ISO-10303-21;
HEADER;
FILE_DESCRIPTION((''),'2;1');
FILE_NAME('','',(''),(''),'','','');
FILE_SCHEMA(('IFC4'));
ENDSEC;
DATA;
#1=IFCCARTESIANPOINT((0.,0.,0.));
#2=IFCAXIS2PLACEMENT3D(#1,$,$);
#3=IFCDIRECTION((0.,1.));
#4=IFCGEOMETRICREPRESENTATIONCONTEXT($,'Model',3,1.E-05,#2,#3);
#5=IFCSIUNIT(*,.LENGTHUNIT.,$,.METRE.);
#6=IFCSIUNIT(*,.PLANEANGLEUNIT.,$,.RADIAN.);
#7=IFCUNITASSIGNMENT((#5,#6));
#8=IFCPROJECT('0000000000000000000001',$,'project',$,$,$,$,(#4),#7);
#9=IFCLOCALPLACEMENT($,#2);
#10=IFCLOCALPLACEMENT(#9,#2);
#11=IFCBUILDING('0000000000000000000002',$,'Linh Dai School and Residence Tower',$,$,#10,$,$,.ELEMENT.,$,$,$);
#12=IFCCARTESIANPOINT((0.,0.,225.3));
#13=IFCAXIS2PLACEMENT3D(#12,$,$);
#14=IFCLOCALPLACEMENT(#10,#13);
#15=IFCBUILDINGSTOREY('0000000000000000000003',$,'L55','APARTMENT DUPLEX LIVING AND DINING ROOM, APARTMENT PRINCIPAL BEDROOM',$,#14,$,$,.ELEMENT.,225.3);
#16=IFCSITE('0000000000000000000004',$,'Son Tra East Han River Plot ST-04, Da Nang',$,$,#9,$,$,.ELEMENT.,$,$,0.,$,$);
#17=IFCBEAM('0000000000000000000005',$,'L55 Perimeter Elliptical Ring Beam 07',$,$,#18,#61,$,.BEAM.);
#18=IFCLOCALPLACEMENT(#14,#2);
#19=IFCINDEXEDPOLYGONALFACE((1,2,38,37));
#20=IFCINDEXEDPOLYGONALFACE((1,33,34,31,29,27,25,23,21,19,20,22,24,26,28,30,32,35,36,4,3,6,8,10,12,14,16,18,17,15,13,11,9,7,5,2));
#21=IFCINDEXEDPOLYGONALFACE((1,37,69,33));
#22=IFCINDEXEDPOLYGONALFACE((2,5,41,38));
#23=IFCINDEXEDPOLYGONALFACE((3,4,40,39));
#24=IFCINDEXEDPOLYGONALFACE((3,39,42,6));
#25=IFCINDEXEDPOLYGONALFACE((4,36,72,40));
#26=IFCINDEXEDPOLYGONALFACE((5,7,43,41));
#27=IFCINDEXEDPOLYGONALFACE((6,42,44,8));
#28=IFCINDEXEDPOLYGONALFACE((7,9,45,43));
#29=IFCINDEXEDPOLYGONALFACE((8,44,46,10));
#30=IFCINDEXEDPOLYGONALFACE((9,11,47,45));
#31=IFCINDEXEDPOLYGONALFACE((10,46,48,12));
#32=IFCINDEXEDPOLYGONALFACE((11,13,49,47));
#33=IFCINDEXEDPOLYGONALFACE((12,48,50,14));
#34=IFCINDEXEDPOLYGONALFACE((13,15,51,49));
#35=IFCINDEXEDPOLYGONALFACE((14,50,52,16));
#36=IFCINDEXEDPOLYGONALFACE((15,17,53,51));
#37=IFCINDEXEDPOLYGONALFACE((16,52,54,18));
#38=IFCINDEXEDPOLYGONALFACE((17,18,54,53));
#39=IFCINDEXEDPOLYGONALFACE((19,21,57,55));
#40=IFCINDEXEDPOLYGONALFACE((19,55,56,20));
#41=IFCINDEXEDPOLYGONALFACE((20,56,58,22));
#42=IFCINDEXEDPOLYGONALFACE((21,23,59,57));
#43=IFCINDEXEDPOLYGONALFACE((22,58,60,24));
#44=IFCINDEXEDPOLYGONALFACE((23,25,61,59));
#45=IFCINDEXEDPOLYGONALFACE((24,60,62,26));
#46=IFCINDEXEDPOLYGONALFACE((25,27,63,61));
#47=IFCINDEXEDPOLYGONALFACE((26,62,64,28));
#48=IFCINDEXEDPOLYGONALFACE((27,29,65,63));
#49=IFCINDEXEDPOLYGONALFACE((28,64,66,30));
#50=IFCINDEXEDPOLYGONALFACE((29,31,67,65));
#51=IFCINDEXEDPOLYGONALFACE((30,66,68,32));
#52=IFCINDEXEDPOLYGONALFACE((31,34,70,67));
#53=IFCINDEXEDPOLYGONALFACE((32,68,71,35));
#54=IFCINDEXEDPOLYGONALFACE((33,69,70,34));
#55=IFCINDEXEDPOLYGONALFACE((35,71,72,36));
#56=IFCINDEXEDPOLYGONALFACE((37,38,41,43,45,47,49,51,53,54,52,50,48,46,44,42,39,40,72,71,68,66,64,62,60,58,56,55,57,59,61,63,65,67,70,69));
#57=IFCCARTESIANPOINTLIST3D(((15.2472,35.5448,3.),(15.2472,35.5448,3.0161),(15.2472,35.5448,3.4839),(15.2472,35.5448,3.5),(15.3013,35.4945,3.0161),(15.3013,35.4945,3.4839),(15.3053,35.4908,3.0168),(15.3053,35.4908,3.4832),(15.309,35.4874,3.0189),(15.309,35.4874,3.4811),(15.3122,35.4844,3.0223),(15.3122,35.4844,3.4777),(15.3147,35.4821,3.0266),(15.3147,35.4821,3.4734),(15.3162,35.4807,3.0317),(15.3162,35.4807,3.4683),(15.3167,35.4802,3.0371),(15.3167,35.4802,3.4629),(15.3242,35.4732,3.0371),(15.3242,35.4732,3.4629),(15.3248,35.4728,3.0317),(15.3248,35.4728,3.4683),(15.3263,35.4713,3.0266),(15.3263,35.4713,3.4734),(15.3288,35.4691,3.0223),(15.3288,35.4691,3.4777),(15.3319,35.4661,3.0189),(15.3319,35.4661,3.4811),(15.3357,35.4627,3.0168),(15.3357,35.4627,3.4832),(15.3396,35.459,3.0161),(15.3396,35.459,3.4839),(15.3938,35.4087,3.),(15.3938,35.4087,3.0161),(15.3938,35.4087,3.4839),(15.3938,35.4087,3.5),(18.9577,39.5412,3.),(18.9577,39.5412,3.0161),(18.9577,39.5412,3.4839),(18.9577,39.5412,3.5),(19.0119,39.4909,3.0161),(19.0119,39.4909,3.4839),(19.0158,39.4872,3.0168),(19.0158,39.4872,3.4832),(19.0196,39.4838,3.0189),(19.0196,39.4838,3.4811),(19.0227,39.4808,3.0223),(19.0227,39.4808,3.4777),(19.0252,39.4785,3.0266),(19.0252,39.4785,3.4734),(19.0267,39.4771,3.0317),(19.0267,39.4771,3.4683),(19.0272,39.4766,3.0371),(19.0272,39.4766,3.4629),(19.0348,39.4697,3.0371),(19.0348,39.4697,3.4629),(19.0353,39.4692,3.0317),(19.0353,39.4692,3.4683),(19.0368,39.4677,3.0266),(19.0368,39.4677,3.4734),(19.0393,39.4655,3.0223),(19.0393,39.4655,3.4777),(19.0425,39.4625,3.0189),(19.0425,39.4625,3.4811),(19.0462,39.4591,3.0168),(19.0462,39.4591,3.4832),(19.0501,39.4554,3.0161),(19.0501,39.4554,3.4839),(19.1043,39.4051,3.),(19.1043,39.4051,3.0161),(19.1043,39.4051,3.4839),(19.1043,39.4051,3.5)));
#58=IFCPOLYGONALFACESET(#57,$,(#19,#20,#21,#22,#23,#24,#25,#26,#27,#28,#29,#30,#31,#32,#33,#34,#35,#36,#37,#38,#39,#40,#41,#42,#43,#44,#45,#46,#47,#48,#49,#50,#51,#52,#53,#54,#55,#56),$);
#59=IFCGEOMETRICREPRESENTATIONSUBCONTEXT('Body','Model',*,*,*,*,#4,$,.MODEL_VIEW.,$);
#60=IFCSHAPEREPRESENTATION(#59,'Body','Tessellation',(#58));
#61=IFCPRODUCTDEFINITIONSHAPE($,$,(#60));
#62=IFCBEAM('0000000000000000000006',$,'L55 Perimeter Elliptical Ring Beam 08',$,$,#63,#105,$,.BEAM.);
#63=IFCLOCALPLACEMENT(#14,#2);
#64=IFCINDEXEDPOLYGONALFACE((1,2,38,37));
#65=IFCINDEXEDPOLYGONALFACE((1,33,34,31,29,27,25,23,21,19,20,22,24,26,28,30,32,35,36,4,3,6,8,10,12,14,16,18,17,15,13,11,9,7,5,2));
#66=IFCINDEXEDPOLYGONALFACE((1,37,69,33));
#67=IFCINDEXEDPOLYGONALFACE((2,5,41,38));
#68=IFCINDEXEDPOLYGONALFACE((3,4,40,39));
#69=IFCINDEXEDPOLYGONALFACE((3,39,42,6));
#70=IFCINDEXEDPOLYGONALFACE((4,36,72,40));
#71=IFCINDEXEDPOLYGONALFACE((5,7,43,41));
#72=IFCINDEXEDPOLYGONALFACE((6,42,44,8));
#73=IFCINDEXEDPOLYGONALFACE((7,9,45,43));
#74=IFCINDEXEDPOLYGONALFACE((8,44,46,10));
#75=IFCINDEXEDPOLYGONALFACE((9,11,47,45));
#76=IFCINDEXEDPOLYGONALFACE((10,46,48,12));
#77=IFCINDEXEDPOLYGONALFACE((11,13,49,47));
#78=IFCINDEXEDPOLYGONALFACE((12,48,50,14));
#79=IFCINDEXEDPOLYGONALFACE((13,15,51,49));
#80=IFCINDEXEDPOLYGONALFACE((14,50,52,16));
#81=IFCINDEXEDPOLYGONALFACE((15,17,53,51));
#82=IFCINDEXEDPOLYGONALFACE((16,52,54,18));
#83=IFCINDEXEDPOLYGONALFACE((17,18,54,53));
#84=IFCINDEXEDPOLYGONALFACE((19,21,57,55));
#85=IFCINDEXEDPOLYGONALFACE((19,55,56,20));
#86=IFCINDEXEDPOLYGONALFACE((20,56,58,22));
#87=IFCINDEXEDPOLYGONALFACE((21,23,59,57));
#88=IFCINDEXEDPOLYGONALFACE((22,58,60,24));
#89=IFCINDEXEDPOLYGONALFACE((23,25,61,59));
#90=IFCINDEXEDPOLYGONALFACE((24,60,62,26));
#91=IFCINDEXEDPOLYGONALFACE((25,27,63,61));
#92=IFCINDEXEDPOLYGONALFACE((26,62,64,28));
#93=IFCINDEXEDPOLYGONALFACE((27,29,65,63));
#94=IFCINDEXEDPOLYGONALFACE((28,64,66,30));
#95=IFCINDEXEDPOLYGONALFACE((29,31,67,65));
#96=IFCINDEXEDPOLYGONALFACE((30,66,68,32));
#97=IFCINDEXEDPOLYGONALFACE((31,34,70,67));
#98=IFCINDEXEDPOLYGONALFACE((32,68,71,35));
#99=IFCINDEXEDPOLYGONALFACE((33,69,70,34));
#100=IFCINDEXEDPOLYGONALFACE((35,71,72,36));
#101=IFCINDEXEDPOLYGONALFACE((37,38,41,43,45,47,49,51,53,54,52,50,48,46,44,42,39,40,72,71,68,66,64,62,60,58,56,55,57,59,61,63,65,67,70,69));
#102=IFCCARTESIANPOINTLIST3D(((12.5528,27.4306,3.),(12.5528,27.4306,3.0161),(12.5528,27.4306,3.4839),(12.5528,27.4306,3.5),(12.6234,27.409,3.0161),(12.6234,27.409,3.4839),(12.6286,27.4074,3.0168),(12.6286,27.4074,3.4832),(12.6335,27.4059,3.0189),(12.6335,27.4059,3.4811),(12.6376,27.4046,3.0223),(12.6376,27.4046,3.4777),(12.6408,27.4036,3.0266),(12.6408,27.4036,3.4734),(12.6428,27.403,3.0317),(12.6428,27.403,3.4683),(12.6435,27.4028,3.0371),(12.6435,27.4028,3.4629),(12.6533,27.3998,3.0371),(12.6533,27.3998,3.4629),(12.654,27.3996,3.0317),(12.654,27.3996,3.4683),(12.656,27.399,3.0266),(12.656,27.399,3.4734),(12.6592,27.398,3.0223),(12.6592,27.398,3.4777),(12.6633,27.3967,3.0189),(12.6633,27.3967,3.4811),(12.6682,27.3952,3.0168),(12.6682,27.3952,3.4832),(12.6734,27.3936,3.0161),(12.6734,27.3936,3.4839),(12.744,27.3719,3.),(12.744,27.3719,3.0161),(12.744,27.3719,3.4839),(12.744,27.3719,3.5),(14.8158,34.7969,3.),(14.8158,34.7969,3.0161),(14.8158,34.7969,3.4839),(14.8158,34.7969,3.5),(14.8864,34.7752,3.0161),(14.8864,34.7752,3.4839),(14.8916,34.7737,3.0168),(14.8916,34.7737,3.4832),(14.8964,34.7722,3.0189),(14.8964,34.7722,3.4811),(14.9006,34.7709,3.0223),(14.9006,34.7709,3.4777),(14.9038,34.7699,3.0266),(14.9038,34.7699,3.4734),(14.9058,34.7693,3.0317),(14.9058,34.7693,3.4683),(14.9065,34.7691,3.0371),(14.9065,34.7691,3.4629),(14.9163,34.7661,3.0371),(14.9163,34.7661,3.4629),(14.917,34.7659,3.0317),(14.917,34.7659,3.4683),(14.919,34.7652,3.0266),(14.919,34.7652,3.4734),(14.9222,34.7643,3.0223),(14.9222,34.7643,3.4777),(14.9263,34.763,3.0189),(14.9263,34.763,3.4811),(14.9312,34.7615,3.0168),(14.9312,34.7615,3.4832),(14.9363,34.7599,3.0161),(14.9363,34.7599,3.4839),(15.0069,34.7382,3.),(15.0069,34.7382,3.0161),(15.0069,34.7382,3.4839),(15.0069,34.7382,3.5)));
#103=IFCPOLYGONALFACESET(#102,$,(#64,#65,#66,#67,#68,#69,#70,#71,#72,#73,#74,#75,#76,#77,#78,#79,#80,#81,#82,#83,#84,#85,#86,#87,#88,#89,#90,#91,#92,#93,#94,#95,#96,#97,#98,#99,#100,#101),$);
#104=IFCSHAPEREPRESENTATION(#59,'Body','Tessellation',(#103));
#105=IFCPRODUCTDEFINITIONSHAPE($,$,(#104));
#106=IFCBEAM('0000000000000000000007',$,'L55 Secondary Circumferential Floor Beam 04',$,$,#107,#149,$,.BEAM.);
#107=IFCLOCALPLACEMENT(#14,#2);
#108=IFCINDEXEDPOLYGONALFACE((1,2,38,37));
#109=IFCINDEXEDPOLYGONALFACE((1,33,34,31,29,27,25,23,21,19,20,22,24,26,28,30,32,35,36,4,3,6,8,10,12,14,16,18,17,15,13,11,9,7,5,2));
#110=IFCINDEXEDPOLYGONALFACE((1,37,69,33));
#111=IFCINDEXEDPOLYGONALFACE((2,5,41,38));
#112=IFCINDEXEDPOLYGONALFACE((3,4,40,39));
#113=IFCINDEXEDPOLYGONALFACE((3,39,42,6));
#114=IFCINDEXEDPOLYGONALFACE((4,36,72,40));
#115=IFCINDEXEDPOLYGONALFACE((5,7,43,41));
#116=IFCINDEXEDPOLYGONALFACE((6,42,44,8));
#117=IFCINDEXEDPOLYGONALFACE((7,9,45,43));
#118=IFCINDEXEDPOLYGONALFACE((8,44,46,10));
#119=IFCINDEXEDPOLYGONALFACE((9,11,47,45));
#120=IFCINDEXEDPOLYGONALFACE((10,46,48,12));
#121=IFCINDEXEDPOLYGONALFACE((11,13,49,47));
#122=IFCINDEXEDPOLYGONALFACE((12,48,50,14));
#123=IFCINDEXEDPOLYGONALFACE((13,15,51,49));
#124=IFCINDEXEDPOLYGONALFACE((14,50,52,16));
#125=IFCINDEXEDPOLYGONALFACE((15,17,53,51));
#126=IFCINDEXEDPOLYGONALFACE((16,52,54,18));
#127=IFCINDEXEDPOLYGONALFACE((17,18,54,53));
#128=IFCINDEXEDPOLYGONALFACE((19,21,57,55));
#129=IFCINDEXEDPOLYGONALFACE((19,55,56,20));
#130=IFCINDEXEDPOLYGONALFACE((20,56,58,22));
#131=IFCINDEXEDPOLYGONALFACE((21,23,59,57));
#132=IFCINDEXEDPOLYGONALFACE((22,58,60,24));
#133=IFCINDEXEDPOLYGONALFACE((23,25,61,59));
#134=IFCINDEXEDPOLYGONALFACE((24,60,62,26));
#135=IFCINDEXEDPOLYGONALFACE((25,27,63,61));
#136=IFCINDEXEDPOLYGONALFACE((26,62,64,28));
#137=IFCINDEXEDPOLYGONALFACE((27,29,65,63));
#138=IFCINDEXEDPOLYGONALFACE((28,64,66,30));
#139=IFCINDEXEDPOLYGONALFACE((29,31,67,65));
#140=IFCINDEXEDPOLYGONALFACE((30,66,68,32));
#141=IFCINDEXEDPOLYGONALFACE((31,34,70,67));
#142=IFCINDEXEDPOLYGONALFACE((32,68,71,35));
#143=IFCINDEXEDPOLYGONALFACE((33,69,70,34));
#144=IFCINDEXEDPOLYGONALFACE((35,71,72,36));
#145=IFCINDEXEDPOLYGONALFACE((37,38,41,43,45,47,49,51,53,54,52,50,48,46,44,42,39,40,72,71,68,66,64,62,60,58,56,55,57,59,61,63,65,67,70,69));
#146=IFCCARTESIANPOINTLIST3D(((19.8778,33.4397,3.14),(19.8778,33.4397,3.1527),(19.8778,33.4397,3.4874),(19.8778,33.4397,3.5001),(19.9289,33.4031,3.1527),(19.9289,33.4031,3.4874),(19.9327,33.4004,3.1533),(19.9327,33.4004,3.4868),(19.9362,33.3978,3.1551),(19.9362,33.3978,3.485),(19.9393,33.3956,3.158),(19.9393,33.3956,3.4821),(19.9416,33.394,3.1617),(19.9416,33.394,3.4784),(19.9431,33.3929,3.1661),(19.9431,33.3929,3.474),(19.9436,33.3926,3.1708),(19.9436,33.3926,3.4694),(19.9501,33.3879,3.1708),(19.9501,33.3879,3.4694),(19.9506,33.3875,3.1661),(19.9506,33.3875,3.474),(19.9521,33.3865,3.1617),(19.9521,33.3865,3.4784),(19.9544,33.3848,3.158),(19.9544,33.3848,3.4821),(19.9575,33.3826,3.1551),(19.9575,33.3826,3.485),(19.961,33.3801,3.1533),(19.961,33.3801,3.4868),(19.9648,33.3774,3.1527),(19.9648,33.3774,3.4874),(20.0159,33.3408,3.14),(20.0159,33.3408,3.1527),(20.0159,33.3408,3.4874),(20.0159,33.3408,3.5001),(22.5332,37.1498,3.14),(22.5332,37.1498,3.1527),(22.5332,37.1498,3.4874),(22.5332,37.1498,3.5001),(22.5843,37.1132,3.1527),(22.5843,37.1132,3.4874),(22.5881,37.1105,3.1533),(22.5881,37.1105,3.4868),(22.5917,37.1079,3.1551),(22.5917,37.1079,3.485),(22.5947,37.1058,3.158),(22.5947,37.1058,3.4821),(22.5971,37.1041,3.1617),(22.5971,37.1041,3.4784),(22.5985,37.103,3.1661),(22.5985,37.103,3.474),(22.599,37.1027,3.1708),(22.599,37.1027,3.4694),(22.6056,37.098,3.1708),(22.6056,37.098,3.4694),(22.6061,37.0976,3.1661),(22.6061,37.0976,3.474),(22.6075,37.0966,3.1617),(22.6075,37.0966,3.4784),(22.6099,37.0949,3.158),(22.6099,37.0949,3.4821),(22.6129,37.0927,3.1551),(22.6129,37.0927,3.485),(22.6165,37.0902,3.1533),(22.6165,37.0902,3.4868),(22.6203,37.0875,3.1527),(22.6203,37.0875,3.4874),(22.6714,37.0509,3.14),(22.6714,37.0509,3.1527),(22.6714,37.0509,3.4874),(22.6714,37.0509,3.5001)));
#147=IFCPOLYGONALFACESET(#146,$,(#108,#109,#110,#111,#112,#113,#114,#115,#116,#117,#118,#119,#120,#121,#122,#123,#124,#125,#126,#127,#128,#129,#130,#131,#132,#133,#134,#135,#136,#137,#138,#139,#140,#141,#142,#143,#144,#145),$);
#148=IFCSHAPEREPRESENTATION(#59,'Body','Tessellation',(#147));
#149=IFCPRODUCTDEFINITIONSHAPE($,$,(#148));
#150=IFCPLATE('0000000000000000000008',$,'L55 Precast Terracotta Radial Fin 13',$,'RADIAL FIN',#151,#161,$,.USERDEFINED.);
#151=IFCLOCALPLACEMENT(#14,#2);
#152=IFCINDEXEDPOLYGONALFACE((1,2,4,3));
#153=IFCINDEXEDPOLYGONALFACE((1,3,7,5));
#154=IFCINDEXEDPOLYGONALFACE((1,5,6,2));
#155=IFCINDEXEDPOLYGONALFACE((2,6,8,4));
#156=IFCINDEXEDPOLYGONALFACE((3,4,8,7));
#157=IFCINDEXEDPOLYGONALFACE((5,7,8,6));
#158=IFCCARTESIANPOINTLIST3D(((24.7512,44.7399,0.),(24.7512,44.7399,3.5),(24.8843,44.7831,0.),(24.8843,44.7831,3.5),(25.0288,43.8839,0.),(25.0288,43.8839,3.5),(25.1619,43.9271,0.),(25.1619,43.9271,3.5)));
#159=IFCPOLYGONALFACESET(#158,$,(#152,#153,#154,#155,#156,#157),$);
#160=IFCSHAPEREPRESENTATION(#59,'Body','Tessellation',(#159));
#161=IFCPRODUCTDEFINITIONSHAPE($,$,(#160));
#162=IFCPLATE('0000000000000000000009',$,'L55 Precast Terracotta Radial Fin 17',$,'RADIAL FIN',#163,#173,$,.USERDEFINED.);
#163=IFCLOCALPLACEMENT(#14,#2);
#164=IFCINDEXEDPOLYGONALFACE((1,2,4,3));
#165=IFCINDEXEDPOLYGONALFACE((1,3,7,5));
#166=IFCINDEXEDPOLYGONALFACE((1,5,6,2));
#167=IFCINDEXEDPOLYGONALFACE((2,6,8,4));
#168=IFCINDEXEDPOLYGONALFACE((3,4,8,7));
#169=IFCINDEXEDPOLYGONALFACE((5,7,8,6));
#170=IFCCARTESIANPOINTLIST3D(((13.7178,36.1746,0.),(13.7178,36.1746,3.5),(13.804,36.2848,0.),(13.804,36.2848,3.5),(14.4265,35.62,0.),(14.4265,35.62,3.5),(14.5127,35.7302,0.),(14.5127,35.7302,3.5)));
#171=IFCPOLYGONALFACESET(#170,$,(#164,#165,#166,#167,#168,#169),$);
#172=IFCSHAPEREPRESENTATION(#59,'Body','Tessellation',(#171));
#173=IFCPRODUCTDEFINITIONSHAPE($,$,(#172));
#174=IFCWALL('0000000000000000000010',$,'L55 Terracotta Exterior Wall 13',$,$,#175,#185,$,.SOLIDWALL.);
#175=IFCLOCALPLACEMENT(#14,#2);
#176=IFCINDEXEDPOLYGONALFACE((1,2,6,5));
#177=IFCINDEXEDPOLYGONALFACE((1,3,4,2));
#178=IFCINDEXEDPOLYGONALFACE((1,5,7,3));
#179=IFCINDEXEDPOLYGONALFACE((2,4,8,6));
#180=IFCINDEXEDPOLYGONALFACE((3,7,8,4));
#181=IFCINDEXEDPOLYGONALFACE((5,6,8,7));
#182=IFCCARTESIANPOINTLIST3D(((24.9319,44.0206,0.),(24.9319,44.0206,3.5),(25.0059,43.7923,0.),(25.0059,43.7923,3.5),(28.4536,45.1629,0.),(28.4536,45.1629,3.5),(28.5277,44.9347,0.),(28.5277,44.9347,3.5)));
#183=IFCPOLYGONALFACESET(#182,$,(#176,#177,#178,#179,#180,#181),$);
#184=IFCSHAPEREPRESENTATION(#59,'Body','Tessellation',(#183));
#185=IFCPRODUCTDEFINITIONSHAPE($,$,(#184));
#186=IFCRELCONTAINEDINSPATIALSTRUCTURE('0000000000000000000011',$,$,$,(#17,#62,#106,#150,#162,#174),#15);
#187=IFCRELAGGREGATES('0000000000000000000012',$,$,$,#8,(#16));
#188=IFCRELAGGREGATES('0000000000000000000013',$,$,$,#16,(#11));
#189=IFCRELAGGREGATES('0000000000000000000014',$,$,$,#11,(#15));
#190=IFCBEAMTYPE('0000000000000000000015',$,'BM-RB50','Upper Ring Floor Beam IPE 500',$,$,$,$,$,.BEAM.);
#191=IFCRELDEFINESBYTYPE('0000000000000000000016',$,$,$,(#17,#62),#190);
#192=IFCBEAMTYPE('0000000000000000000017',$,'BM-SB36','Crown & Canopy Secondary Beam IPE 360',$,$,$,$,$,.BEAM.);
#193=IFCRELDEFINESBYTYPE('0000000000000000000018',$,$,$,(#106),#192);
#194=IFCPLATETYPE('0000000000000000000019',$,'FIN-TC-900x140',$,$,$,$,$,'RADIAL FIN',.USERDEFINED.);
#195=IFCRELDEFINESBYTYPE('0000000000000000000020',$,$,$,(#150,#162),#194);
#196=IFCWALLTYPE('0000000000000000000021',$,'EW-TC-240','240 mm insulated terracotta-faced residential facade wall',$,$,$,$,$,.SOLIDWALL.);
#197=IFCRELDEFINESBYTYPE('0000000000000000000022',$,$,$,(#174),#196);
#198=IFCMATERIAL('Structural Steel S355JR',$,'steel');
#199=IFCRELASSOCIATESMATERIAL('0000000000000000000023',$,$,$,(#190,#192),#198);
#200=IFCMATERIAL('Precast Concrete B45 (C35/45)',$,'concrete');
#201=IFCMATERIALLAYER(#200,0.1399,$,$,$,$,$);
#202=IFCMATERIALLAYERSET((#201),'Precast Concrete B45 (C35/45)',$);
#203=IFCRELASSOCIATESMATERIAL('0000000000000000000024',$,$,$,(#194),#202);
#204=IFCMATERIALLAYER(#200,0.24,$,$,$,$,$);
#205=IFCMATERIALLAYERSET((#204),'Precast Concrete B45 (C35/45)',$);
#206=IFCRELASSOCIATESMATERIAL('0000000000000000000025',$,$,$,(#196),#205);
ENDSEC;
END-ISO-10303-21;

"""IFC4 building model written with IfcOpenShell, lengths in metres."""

from ifc_helpers import new_model, si_unit, direction, frame, frame_2d, origin, origin_2d, place, context, subcontext, project, spatial, rectangle, i_section, extrude, source, transform, mapped, material, layer, layer_set, material_profile, profile_set, type_object, element, save


model = new_model("IFC4")

# Units and contexts
model_context = context("Model", 3, precision=1e-05, world=origin(), true_north=direction((0.0, 1.0)))
body_context = subcontext(model_context, "Body", "Model", "MODEL_VIEW")
ifc_project = project(units=[si_unit("LENGTHUNIT", "METRE"), si_unit("PLANEANGLEUNIT", "RADIAN")], contexts=[model_context])

# Site, building, storey
site_placement = place(None, origin())
site = spatial("IfcSite", under=ifc_project, at=site_placement, Name="Son Tra East Han River Plot ST-04, Da Nang", CompositionType="ELEMENT", RefElevation=0.0)
building_placement = place(site_placement, origin())
building = spatial("IfcBuilding", under=site, at=building_placement, Name="Linh Dai School and Residence Tower", CompositionType="ELEMENT")
storey_placement = place(building_placement, frame((0.0, 0.0, 225.3)))
storey = spatial("IfcBuildingStorey", under=building, at=storey_placement, Name="L55", Description="APARTMENT DUPLEX LIVING AND DINING ROOM, APARTMENT PRINCIPAL BEDROOM", CompositionType="ELEMENT", Elevation=225.3)

# Shared definitions
ifc_material_1 = material(Name="Structural Steel S355JR", Category="steel")

# Beams
ifc_material_profile_1 = material_profile(ifc_material_1, i_section(OverallWidth=0.2, OverallDepth=0.5, WebThickness=0.0103, FlangeThickness=0.0161, FilletRadius=0.021, at=origin_2d()), Name="IPE 500")
ifc_profile_set_1 = profile_set([ifc_material_profile_1], Name="Structural Steel S355JR")
beam_type_1 = type_object("IfcBeamType", Name="BM-RB50", Description="Upper Ring Floor Beam IPE 500", PredefinedType="BEAM", material=ifc_profile_set_1)
beam_1_placement = place(storey_placement, frame((19.031, 39.4731, 3.25), z_axis=(-0.680408, -0.732833, 0.0), x_axis=(0.732833, -0.680408, 0.0)))
element("IfcBeam", 1, at=beam_1_placement, inside=storey, type_object=beam_type_1, Name="L55 Perimeter Elliptical Ring Beam 07", PredefinedType="BEAM", context=body_context, shape_type="SweptSolid", body=[
    extrude(i_section(OverallWidth=0.2, OverallDepth=0.5, WebThickness=0.0103, FlangeThickness=0.0161, FilletRadius=0.021, at=origin_2d()), origin(), (0.0, 0.0, 1.0), 5.4534),
])
beam_2_placement = place(storey_placement, frame((14.9114, 34.7676, 3.25), z_axis=(-0.293661, -0.95591, 0.0), x_axis=(0.95591, -0.293661, 0.0)))
element("IfcBeam", 2, at=beam_2_placement, inside=storey, type_object=beam_type_1, Name="L55 Perimeter Elliptical Ring Beam 08", PredefinedType="BEAM", context=body_context, shape_type="SweptSolid", body=[
    extrude(i_section(OverallWidth=0.2, OverallDepth=0.5, WebThickness=0.0103, FlangeThickness=0.0161, FilletRadius=0.021, at=origin_2d()), origin(), (0.0, 0.0, 1.0), 7.7061),
])
ifc_material_profile_2 = material_profile(ifc_material_1, i_section(OverallWidth=0.1699, OverallDepth=0.3601, WebThickness=0.0081, FlangeThickness=0.0127, FilletRadius=0.0181, at=origin_2d()), Name="IPE 360")
ifc_profile_set_2 = profile_set([ifc_material_profile_2], Name="Structural Steel S355JR")
beam_type_2 = type_object("IfcBeamType", Name="BM-SB36", Description="Crown & Canopy Secondary Beam IPE 360", PredefinedType="BEAM", material=ifc_profile_set_2)
beam_3_placement = place(storey_placement, frame((22.6023, 37.1003, 3.3201), z_axis=(-0.582017, -0.813176, 0.0), x_axis=(0.813176, -0.582017, 0.0)))
element("IfcBeam", 3, at=beam_3_placement, inside=storey, type_object=beam_type_2, Name="L55 Secondary Circumferential Floor Beam 04", PredefinedType="BEAM", context=body_context, shape_type="SweptSolid", body=[
    extrude(i_section(OverallWidth=0.1699, OverallDepth=0.3601, WebThickness=0.0081, FlangeThickness=0.0127, FilletRadius=0.0181, at=origin_2d()), origin(), (0.0, 0.0, 1.0), 4.5625),
])

# Plates
ifc_material_2 = material(Name="Precast Concrete B45 (C35/45)", Category="concrete")
ifc_layer_1 = layer(ifc_material_2, 0.1399)
ifc_layer_set_1 = layer_set([ifc_layer_1], Name="Precast Concrete B45 (C35/45)")
plate_type = type_object("IfcPlateType", Name="FIN-TC-900x140", ElementType="RADIAL FIN", PredefinedType="USERDEFINED", material=ifc_layer_set_1)
shared_shape_1 = source(origin(), body_context, "Body", "SweptSolid", [
    extrude(rectangle(XDim=0.8999, YDim=0.1399, at=origin_2d()), origin(), (0.0, 0.0, 1.0), 3.5),
])
for number, where, z_axis, x_axis, name in (
    (4, (24.9565, 44.3335, 0.0), (0.0, 0.0, 1.0), (-0.308501, 0.951224, 0.0), "L55 Precast Terracotta Radial Fin 13"),
    (5, (14.1152, 35.9524, 0.0), (0.0, 0.0, 1.0), (-0.787487, 0.616332, 0.0), "L55 Precast Terracotta Radial Fin 17"),
):
    element("IfcPlate", number, at=place(storey_placement, frame(where, z_axis=z_axis, x_axis=x_axis)), inside=storey, type_object=plate_type, Name=name, ObjectType="RADIAL FIN", PredefinedType="USERDEFINED", context=body_context, shape_type="MappedRepresentation", body=[
        mapped(shared_shape_1, transform((0.0, 0.0, 0.0), x_axis=(1.0, 0.0, 0.0), y_axis=(0.0, 1.0, 0.0), z_axis=(0.0, 0.0, 1.0), scale=1.0)),
    ])

# Wall
ifc_layer_2 = layer(ifc_material_2, 0.24)
ifc_layer_set_2 = layer_set([ifc_layer_2], Name="Precast Concrete B45 (C35/45)")
wall_type_1 = type_object("IfcWallType", Name="EW-TC-240", Description="240 mm insulated terracotta-faced residential facade wall", PredefinedType="SOLIDWALL", material=ifc_layer_set_2)
wall_1_placement = place(storey_placement, frame((24.969, 43.9065, 0.0), z_axis=(0.0, 0.0, 1.0), x_axis=(0.951211, 0.308542, 0.0)))
element("IfcWall", 6, at=wall_1_placement, inside=storey, type_object=wall_type_1, Name="L55 Terracotta Exterior Wall 13", PredefinedType="SOLIDWALL", context=body_context, shape_type="SweptSolid", body=[
    extrude(rectangle(XDim=3.7024, YDim=0.24, at=frame_2d((1.8511, 0.0))), origin(), (0.0, 0.0, 1.0), 3.5),
])

save(model, "model.ifc")
